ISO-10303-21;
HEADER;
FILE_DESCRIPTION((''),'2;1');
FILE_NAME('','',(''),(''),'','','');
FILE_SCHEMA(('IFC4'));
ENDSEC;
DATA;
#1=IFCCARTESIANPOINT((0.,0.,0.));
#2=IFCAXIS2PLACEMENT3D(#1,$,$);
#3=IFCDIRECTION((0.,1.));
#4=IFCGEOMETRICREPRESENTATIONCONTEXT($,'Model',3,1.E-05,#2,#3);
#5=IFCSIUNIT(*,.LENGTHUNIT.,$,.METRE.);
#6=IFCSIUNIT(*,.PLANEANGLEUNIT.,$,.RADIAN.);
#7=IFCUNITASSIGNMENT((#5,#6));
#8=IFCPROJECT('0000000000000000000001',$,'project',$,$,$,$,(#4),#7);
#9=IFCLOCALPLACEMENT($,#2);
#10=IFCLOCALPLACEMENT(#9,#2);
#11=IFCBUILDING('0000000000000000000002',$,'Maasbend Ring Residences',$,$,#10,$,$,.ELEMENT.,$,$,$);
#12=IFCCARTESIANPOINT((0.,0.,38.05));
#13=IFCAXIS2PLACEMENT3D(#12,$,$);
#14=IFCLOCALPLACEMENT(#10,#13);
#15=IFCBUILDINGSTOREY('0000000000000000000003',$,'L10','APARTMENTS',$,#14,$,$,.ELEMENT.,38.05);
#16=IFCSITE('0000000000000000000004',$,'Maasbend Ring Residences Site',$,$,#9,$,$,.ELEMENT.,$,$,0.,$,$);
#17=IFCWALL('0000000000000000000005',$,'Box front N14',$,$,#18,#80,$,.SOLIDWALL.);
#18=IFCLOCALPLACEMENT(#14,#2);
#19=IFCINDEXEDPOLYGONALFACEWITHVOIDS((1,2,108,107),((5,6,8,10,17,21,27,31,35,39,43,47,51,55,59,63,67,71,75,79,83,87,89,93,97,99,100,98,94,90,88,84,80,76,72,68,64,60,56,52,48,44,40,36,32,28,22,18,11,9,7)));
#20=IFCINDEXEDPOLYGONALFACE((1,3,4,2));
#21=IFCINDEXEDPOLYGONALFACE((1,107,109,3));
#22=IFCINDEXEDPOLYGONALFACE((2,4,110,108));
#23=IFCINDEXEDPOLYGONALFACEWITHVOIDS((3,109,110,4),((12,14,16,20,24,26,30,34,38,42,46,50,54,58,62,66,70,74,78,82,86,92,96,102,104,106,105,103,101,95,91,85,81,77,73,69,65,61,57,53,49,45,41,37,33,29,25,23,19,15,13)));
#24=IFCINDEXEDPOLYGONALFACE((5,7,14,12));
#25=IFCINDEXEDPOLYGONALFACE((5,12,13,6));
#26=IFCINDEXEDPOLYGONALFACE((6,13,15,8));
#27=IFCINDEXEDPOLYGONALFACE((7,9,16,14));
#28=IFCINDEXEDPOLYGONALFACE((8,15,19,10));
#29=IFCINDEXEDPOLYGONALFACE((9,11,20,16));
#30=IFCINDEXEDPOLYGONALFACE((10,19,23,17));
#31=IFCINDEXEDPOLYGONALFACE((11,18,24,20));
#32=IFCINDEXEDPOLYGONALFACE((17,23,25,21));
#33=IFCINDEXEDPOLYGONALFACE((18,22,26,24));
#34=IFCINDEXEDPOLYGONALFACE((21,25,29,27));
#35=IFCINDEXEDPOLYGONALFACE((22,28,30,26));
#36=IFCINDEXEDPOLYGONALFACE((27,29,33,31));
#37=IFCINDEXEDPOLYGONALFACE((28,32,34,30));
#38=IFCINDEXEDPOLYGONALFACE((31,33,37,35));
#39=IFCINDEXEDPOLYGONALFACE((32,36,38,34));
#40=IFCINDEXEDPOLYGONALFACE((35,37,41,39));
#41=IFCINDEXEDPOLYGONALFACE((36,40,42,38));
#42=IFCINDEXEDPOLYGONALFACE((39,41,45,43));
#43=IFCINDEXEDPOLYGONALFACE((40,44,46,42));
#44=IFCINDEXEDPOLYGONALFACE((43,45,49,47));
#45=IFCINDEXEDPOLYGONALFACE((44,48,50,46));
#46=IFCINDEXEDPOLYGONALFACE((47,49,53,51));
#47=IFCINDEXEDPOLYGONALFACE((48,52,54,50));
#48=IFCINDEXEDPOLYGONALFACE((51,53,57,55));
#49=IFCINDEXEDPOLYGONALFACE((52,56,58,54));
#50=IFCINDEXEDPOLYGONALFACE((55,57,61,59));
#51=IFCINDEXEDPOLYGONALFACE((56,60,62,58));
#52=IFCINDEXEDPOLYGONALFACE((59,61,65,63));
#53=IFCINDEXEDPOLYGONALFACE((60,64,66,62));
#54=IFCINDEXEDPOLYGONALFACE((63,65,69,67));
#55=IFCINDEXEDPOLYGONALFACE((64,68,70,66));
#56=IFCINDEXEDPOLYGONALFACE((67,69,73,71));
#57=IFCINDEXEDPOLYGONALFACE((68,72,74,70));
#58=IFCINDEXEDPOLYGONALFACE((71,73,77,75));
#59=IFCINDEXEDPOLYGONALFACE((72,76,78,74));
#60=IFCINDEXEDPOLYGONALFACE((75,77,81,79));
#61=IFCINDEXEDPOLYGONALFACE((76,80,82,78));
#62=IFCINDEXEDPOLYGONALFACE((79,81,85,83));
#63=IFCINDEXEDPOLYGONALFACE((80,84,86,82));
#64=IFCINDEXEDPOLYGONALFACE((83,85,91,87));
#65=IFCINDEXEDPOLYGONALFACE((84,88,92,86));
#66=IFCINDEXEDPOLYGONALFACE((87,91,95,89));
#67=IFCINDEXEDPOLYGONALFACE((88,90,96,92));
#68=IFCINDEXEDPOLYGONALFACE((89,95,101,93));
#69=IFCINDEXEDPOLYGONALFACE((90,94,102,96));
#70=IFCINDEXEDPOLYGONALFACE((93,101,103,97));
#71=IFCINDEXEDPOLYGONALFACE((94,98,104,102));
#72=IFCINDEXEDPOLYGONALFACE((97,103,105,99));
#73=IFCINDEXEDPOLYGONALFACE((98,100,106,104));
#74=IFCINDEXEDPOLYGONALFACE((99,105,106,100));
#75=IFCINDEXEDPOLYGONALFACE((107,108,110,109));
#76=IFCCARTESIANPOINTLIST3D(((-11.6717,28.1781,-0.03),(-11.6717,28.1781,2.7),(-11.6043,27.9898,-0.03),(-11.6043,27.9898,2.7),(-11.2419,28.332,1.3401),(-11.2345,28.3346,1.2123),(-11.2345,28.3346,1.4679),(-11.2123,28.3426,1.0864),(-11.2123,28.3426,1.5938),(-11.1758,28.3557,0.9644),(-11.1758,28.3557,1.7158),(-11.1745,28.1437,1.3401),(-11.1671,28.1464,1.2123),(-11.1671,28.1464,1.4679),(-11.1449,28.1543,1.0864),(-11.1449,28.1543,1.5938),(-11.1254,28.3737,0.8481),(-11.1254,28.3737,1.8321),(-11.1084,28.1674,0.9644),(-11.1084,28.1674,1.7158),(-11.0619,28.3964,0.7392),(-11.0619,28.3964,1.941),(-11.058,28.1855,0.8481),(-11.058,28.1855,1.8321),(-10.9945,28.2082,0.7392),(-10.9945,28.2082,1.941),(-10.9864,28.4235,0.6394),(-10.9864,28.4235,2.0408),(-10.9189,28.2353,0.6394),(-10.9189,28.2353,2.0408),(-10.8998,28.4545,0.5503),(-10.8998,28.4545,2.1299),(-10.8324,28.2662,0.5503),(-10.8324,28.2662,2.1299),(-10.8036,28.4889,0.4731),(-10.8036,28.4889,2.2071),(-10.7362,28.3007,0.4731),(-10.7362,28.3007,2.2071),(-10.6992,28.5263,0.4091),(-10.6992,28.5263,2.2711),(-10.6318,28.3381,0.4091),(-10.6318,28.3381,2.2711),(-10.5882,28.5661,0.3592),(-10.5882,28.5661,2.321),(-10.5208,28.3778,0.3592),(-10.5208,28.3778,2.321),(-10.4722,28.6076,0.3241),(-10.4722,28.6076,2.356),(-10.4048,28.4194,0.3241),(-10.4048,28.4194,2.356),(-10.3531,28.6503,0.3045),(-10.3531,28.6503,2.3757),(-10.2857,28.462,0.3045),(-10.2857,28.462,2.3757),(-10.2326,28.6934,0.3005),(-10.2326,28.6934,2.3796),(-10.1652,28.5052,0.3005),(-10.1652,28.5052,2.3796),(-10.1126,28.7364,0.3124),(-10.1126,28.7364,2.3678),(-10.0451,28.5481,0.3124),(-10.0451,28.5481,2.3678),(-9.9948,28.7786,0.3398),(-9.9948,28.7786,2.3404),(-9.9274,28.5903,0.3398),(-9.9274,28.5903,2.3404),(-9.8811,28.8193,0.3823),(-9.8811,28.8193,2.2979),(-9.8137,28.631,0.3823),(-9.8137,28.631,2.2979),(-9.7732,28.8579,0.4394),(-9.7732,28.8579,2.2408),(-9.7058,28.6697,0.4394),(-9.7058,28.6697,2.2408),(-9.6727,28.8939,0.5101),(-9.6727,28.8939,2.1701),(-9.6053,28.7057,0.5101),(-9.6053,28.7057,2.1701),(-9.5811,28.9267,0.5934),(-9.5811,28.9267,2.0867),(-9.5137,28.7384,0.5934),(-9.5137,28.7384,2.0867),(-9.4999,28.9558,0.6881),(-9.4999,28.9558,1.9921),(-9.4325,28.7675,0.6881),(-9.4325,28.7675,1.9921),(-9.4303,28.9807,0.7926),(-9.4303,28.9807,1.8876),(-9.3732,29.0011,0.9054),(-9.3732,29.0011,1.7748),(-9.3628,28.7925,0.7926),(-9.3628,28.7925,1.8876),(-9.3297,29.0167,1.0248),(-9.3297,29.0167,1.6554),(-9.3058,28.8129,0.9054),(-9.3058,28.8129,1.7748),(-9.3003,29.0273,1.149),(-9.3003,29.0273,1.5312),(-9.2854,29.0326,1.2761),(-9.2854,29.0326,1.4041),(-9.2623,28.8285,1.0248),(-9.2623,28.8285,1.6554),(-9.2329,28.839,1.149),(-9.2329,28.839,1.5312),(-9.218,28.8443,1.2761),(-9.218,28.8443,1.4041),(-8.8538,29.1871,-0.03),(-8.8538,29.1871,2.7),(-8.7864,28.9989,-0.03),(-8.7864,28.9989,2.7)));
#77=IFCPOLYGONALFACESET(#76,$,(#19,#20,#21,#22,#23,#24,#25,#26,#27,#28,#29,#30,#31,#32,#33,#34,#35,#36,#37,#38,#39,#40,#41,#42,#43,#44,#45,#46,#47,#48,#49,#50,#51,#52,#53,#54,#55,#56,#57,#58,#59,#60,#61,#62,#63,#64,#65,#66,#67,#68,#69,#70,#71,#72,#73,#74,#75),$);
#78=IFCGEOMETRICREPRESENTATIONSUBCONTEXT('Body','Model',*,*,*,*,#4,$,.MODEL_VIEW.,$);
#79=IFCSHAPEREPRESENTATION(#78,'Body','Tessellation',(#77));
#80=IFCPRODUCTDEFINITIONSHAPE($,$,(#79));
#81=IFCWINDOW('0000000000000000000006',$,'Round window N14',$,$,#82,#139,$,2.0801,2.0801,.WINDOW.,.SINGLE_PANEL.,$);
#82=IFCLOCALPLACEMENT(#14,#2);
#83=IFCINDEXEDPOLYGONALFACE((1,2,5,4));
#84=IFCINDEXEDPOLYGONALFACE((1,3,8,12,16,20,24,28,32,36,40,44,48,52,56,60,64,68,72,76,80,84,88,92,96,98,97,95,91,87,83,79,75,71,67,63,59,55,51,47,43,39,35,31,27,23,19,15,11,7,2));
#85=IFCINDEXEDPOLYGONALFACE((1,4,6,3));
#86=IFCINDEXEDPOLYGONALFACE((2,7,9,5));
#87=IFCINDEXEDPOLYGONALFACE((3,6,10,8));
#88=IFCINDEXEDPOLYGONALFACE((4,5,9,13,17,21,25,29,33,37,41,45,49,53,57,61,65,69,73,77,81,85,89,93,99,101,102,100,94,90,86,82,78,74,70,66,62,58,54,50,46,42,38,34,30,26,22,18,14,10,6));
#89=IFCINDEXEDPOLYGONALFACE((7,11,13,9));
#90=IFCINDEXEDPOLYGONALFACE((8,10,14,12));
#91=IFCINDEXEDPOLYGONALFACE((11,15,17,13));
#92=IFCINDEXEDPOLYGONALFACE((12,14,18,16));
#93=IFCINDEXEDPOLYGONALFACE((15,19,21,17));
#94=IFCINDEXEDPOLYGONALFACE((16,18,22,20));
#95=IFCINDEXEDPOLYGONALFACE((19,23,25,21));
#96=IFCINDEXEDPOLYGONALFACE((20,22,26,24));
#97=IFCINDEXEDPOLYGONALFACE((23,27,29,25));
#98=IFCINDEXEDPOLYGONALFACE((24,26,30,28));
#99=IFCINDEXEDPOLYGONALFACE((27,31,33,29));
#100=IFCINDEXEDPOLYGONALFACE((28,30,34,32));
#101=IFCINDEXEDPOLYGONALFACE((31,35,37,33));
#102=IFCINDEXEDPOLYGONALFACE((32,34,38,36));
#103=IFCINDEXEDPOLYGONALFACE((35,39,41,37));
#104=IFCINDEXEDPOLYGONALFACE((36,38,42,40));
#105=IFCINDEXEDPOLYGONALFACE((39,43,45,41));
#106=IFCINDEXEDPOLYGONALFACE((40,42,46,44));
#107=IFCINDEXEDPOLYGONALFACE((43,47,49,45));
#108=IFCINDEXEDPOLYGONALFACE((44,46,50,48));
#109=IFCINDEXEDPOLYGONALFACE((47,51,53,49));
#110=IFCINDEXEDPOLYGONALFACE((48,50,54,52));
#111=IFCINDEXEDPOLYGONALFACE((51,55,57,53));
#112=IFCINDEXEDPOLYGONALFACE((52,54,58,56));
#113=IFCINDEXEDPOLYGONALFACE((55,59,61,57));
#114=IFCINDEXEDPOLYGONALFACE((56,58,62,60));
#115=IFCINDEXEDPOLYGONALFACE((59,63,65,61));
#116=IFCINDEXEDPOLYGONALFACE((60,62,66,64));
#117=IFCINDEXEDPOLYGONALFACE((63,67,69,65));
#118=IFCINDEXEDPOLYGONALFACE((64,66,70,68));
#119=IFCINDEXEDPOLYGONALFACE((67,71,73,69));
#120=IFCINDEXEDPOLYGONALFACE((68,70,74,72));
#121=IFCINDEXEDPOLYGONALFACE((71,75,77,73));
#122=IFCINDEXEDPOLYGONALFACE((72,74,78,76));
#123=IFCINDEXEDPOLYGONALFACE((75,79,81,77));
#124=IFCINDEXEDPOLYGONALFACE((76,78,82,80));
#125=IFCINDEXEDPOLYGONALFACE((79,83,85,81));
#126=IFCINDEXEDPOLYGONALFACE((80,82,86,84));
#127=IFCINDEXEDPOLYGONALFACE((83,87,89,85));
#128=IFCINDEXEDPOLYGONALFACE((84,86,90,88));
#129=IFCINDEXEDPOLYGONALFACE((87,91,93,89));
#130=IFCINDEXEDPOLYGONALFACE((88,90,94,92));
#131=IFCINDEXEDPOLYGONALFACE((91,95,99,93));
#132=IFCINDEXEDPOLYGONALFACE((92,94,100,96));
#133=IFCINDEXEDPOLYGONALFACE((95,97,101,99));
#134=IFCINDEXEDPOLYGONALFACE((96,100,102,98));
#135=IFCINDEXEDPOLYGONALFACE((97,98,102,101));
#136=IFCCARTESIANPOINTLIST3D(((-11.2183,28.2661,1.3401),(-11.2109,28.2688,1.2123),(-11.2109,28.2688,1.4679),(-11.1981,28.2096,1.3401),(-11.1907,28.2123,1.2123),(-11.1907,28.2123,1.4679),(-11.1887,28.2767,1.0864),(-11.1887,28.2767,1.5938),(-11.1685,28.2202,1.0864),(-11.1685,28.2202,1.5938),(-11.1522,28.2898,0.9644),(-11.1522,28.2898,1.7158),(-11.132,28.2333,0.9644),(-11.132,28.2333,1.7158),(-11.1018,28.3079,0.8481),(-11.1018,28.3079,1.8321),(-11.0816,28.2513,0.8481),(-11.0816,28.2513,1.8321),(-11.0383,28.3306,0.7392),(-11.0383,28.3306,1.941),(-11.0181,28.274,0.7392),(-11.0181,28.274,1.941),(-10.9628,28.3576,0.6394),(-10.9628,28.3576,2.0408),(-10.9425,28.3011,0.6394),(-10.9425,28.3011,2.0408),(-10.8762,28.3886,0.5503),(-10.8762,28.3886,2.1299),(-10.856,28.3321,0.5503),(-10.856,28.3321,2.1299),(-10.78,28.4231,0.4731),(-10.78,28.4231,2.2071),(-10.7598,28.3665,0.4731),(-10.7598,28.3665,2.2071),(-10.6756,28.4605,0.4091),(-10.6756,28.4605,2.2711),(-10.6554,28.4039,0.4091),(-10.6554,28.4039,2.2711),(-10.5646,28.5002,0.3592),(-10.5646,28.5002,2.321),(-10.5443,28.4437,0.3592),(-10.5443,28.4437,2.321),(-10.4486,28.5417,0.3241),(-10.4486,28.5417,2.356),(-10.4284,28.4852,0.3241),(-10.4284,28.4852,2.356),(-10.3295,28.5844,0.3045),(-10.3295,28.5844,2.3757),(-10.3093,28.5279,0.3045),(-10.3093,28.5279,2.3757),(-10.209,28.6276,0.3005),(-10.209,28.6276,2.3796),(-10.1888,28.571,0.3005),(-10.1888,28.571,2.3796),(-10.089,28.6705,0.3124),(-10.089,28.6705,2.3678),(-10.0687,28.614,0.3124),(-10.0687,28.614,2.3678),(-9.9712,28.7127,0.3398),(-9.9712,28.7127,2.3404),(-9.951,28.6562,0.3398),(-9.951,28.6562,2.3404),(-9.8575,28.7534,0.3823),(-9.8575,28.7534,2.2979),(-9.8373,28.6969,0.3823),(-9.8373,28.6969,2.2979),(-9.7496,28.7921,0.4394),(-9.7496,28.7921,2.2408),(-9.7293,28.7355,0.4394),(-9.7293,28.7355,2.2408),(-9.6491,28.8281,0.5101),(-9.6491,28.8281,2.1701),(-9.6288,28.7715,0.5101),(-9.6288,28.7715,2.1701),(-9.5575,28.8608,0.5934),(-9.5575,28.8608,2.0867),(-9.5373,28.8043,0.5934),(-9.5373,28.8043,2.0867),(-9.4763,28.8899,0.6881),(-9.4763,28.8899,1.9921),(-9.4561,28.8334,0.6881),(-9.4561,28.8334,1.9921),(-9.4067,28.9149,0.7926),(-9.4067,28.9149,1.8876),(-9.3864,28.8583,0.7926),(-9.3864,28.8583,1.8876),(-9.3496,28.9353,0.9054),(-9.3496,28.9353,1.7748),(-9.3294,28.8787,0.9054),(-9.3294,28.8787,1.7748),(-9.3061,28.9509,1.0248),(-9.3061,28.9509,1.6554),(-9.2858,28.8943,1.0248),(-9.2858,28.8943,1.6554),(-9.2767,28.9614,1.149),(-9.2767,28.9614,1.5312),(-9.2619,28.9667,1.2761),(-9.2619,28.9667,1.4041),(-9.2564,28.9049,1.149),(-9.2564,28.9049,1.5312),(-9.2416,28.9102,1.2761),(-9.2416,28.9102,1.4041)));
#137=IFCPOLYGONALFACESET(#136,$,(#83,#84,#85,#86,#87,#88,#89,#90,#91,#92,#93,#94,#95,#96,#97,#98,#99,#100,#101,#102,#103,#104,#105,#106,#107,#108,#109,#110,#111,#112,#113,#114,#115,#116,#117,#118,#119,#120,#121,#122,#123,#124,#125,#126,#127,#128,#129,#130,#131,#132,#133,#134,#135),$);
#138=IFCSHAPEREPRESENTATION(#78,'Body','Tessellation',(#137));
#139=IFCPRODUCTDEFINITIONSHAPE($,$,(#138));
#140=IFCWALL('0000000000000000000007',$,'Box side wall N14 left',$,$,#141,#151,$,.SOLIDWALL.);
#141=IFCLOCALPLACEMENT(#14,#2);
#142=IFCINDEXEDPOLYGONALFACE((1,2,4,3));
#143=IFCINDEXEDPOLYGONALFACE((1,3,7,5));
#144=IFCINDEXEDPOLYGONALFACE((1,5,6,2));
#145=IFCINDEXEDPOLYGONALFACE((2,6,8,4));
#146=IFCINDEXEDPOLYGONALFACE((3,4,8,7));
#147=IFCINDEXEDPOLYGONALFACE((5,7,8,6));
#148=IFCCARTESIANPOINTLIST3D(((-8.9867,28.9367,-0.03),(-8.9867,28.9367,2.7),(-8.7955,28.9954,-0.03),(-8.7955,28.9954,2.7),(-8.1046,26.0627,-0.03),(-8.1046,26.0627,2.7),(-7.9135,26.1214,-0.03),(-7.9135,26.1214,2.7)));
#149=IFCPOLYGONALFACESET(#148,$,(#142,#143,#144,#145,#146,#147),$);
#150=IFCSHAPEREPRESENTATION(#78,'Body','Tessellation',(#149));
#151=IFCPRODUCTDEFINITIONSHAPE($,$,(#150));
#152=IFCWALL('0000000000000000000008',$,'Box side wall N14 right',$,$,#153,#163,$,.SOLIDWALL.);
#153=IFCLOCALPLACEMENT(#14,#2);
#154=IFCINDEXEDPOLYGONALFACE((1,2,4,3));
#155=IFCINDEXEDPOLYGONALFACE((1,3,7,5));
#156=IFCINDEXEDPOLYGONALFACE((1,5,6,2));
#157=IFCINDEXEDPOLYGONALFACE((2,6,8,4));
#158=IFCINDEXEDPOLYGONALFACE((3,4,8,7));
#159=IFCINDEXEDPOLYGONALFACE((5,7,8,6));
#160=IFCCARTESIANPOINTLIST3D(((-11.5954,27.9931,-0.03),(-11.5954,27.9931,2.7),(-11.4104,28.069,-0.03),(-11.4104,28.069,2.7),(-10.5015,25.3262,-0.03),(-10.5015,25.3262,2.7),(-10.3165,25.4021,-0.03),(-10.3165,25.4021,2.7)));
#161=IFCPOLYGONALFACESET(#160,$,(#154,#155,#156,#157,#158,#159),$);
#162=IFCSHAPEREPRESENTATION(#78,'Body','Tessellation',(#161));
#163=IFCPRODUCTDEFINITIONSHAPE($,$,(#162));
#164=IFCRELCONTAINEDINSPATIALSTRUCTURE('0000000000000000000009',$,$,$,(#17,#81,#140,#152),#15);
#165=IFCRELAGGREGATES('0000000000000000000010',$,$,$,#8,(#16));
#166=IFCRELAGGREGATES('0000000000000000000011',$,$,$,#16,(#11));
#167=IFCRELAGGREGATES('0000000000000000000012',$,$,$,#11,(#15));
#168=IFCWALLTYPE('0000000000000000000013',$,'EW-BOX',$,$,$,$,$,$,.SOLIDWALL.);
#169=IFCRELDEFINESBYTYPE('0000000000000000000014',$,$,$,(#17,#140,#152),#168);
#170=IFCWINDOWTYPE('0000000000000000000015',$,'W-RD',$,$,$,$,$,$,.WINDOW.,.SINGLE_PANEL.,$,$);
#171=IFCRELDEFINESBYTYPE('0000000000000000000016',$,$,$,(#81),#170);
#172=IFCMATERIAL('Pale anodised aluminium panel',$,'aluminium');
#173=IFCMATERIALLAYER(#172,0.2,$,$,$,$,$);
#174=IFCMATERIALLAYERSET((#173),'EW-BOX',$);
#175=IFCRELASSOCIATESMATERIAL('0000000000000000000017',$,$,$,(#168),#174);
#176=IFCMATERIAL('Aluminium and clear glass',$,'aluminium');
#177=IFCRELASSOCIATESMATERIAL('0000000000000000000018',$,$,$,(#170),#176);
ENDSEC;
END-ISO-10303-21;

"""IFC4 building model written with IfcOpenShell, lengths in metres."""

from ifc_helpers import new_model, si_unit, direction, frame, frame_2d, origin, place, context, subcontext, project, spatial, rectangle, circle, extrude, material, layer, layer_set, type_object, element, fill, save


model = new_model("IFC4")

# Units and contexts
model_context = context("Model", 3, precision=1e-05, world=origin(), true_north=direction((0.0, 1.0)))
body_context = subcontext(model_context, "Body", "Model", "MODEL_VIEW")
ifc_project = project(units=[si_unit("LENGTHUNIT", "METRE"), si_unit("PLANEANGLEUNIT", "RADIAN")], contexts=[model_context])

# Site, building, storey
site_placement = place(None, origin())
site = spatial("IfcSite", under=ifc_project, at=site_placement, Name="Maasbend Ring Residences Site", CompositionType="ELEMENT", RefElevation=0.0)
building_placement = place(site_placement, origin())
building = spatial("IfcBuilding", under=site, at=building_placement, Name="Maasbend Ring Residences", CompositionType="ELEMENT")
storey_placement = place(building_placement, frame((0.0, 0.0, 38.05)))
storey = spatial("IfcBuildingStorey", under=building, at=storey_placement, Name="L10", Description="APARTMENTS", CompositionType="ELEMENT", Elevation=38.05)

# Shared definitions
ifc_material_1 = material(Name="Pale anodised aluminium panel", Category="aluminium")
ifc_layer_1 = layer(ifc_material_1, 0.2)
ifc_layer_set_1 = layer_set([ifc_layer_1], Name="EW-BOX")
wall_type_1 = type_object("IfcWallType", Name="EW-BOX", PredefinedType="SOLIDWALL", material=ifc_layer_set_1)
ifc_material_2 = material(Name="Aluminium and clear glass", Category="aluminium")
window_type_1 = type_object("IfcWindowType", Name="W-RD", PartitioningType="SINGLE_PANEL", PredefinedType="WINDOW", material=ifc_material_2)

# Wall, opening, window
wall_1_placement = place(storey_placement, frame((-8.8201, 29.093, -0.03), z_axis=(0.0, 0.0, 1.0), x_axis=(-0.941461, -0.337122, 0.0)))
wall_1 = element("IfcWall", 1, at=wall_1_placement, inside=storey, type_object=wall_type_1, Name="Box front N14", PredefinedType="SOLIDWALL", context=body_context, shape_type="SweptSolid", body=[
    extrude(rectangle(XDim=2.9932, YDim=0.2, at=frame_2d((1.4966, 0.0))), origin(), (0.0, 0.0, 1.0), 2.73),
])
opening_1_placement = place(wall_1_placement, frame((0.4565, 0.0, 0.3301)))
opening_1 = element("IfcOpeningElement", 2, at=opening_1_placement, cuts=wall_1, PredefinedType="OPENING", context=body_context, shape_type="SweptSolid", body=[
    extrude(circle(Radius=1.04, at=frame_2d((1.04, 1.04))), frame((0.0, 0.1099, 0.0), z_axis=(0.0, -1.0, 0.0), x_axis=(1.0, 0.0, 0.0)), (0.0, 0.0, 1.0), 0.22),
])
window_1_placement = place(opening_1_placement, origin())
window_1 = element("IfcWindow", 3, at=window_1_placement, inside=storey, type_object=window_type_1, Name="Round window N14", OverallHeight=2.0801, OverallWidth=2.0801, PartitioningType="SINGLE_PANEL", PredefinedType="WINDOW", context=body_context, shape_type="SweptSolid", body=[
    extrude(circle(Radius=1.04, at=frame_2d((1.04, 1.04))), frame((0.0, 0.03, 0.0), z_axis=(0.0, -1.0, 0.0), x_axis=(1.0, 0.0, 0.0)), (0.0, 0.0, 1.0), 0.0601),
])
fill(opening_1, window_1)

# Walls
wall_2_placement = place(storey_placement, frame((-8.009, 26.092, -0.03), z_axis=(0.0, 0.0, 1.0), x_axis=(-0.293407, 0.955988, 0.0)))
element("IfcWall", 4, at=wall_2_placement, inside=storey, type_object=wall_type_1, Name="Box side wall N14 left", PredefinedType="SOLIDWALL", context=body_context, shape_type="SweptSolid", body=[
    extrude(rectangle(XDim=3.0063, YDim=0.2, at=frame_2d((1.5032, 0.0))), origin(), (0.0, 0.0, 1.0), 2.73),
])
wall_3_placement = place(storey_placement, frame((-10.4089, 25.364, -0.03), z_axis=(0.0, 0.0, 1.0), x_axis=(-0.37951, 0.925188, 0.0)))
element("IfcWall", 5, at=wall_3_placement, inside=storey, type_object=wall_type_1, Name="Box side wall N14 right", PredefinedType="SOLIDWALL", context=body_context, shape_type="SweptSolid", body=[
    extrude(rectangle(XDim=2.8826, YDim=0.2, at=frame_2d((1.4414, 0.0))), origin(), (0.0, 0.0, 1.0), 2.73),
])

save(model, "model.ifc")
